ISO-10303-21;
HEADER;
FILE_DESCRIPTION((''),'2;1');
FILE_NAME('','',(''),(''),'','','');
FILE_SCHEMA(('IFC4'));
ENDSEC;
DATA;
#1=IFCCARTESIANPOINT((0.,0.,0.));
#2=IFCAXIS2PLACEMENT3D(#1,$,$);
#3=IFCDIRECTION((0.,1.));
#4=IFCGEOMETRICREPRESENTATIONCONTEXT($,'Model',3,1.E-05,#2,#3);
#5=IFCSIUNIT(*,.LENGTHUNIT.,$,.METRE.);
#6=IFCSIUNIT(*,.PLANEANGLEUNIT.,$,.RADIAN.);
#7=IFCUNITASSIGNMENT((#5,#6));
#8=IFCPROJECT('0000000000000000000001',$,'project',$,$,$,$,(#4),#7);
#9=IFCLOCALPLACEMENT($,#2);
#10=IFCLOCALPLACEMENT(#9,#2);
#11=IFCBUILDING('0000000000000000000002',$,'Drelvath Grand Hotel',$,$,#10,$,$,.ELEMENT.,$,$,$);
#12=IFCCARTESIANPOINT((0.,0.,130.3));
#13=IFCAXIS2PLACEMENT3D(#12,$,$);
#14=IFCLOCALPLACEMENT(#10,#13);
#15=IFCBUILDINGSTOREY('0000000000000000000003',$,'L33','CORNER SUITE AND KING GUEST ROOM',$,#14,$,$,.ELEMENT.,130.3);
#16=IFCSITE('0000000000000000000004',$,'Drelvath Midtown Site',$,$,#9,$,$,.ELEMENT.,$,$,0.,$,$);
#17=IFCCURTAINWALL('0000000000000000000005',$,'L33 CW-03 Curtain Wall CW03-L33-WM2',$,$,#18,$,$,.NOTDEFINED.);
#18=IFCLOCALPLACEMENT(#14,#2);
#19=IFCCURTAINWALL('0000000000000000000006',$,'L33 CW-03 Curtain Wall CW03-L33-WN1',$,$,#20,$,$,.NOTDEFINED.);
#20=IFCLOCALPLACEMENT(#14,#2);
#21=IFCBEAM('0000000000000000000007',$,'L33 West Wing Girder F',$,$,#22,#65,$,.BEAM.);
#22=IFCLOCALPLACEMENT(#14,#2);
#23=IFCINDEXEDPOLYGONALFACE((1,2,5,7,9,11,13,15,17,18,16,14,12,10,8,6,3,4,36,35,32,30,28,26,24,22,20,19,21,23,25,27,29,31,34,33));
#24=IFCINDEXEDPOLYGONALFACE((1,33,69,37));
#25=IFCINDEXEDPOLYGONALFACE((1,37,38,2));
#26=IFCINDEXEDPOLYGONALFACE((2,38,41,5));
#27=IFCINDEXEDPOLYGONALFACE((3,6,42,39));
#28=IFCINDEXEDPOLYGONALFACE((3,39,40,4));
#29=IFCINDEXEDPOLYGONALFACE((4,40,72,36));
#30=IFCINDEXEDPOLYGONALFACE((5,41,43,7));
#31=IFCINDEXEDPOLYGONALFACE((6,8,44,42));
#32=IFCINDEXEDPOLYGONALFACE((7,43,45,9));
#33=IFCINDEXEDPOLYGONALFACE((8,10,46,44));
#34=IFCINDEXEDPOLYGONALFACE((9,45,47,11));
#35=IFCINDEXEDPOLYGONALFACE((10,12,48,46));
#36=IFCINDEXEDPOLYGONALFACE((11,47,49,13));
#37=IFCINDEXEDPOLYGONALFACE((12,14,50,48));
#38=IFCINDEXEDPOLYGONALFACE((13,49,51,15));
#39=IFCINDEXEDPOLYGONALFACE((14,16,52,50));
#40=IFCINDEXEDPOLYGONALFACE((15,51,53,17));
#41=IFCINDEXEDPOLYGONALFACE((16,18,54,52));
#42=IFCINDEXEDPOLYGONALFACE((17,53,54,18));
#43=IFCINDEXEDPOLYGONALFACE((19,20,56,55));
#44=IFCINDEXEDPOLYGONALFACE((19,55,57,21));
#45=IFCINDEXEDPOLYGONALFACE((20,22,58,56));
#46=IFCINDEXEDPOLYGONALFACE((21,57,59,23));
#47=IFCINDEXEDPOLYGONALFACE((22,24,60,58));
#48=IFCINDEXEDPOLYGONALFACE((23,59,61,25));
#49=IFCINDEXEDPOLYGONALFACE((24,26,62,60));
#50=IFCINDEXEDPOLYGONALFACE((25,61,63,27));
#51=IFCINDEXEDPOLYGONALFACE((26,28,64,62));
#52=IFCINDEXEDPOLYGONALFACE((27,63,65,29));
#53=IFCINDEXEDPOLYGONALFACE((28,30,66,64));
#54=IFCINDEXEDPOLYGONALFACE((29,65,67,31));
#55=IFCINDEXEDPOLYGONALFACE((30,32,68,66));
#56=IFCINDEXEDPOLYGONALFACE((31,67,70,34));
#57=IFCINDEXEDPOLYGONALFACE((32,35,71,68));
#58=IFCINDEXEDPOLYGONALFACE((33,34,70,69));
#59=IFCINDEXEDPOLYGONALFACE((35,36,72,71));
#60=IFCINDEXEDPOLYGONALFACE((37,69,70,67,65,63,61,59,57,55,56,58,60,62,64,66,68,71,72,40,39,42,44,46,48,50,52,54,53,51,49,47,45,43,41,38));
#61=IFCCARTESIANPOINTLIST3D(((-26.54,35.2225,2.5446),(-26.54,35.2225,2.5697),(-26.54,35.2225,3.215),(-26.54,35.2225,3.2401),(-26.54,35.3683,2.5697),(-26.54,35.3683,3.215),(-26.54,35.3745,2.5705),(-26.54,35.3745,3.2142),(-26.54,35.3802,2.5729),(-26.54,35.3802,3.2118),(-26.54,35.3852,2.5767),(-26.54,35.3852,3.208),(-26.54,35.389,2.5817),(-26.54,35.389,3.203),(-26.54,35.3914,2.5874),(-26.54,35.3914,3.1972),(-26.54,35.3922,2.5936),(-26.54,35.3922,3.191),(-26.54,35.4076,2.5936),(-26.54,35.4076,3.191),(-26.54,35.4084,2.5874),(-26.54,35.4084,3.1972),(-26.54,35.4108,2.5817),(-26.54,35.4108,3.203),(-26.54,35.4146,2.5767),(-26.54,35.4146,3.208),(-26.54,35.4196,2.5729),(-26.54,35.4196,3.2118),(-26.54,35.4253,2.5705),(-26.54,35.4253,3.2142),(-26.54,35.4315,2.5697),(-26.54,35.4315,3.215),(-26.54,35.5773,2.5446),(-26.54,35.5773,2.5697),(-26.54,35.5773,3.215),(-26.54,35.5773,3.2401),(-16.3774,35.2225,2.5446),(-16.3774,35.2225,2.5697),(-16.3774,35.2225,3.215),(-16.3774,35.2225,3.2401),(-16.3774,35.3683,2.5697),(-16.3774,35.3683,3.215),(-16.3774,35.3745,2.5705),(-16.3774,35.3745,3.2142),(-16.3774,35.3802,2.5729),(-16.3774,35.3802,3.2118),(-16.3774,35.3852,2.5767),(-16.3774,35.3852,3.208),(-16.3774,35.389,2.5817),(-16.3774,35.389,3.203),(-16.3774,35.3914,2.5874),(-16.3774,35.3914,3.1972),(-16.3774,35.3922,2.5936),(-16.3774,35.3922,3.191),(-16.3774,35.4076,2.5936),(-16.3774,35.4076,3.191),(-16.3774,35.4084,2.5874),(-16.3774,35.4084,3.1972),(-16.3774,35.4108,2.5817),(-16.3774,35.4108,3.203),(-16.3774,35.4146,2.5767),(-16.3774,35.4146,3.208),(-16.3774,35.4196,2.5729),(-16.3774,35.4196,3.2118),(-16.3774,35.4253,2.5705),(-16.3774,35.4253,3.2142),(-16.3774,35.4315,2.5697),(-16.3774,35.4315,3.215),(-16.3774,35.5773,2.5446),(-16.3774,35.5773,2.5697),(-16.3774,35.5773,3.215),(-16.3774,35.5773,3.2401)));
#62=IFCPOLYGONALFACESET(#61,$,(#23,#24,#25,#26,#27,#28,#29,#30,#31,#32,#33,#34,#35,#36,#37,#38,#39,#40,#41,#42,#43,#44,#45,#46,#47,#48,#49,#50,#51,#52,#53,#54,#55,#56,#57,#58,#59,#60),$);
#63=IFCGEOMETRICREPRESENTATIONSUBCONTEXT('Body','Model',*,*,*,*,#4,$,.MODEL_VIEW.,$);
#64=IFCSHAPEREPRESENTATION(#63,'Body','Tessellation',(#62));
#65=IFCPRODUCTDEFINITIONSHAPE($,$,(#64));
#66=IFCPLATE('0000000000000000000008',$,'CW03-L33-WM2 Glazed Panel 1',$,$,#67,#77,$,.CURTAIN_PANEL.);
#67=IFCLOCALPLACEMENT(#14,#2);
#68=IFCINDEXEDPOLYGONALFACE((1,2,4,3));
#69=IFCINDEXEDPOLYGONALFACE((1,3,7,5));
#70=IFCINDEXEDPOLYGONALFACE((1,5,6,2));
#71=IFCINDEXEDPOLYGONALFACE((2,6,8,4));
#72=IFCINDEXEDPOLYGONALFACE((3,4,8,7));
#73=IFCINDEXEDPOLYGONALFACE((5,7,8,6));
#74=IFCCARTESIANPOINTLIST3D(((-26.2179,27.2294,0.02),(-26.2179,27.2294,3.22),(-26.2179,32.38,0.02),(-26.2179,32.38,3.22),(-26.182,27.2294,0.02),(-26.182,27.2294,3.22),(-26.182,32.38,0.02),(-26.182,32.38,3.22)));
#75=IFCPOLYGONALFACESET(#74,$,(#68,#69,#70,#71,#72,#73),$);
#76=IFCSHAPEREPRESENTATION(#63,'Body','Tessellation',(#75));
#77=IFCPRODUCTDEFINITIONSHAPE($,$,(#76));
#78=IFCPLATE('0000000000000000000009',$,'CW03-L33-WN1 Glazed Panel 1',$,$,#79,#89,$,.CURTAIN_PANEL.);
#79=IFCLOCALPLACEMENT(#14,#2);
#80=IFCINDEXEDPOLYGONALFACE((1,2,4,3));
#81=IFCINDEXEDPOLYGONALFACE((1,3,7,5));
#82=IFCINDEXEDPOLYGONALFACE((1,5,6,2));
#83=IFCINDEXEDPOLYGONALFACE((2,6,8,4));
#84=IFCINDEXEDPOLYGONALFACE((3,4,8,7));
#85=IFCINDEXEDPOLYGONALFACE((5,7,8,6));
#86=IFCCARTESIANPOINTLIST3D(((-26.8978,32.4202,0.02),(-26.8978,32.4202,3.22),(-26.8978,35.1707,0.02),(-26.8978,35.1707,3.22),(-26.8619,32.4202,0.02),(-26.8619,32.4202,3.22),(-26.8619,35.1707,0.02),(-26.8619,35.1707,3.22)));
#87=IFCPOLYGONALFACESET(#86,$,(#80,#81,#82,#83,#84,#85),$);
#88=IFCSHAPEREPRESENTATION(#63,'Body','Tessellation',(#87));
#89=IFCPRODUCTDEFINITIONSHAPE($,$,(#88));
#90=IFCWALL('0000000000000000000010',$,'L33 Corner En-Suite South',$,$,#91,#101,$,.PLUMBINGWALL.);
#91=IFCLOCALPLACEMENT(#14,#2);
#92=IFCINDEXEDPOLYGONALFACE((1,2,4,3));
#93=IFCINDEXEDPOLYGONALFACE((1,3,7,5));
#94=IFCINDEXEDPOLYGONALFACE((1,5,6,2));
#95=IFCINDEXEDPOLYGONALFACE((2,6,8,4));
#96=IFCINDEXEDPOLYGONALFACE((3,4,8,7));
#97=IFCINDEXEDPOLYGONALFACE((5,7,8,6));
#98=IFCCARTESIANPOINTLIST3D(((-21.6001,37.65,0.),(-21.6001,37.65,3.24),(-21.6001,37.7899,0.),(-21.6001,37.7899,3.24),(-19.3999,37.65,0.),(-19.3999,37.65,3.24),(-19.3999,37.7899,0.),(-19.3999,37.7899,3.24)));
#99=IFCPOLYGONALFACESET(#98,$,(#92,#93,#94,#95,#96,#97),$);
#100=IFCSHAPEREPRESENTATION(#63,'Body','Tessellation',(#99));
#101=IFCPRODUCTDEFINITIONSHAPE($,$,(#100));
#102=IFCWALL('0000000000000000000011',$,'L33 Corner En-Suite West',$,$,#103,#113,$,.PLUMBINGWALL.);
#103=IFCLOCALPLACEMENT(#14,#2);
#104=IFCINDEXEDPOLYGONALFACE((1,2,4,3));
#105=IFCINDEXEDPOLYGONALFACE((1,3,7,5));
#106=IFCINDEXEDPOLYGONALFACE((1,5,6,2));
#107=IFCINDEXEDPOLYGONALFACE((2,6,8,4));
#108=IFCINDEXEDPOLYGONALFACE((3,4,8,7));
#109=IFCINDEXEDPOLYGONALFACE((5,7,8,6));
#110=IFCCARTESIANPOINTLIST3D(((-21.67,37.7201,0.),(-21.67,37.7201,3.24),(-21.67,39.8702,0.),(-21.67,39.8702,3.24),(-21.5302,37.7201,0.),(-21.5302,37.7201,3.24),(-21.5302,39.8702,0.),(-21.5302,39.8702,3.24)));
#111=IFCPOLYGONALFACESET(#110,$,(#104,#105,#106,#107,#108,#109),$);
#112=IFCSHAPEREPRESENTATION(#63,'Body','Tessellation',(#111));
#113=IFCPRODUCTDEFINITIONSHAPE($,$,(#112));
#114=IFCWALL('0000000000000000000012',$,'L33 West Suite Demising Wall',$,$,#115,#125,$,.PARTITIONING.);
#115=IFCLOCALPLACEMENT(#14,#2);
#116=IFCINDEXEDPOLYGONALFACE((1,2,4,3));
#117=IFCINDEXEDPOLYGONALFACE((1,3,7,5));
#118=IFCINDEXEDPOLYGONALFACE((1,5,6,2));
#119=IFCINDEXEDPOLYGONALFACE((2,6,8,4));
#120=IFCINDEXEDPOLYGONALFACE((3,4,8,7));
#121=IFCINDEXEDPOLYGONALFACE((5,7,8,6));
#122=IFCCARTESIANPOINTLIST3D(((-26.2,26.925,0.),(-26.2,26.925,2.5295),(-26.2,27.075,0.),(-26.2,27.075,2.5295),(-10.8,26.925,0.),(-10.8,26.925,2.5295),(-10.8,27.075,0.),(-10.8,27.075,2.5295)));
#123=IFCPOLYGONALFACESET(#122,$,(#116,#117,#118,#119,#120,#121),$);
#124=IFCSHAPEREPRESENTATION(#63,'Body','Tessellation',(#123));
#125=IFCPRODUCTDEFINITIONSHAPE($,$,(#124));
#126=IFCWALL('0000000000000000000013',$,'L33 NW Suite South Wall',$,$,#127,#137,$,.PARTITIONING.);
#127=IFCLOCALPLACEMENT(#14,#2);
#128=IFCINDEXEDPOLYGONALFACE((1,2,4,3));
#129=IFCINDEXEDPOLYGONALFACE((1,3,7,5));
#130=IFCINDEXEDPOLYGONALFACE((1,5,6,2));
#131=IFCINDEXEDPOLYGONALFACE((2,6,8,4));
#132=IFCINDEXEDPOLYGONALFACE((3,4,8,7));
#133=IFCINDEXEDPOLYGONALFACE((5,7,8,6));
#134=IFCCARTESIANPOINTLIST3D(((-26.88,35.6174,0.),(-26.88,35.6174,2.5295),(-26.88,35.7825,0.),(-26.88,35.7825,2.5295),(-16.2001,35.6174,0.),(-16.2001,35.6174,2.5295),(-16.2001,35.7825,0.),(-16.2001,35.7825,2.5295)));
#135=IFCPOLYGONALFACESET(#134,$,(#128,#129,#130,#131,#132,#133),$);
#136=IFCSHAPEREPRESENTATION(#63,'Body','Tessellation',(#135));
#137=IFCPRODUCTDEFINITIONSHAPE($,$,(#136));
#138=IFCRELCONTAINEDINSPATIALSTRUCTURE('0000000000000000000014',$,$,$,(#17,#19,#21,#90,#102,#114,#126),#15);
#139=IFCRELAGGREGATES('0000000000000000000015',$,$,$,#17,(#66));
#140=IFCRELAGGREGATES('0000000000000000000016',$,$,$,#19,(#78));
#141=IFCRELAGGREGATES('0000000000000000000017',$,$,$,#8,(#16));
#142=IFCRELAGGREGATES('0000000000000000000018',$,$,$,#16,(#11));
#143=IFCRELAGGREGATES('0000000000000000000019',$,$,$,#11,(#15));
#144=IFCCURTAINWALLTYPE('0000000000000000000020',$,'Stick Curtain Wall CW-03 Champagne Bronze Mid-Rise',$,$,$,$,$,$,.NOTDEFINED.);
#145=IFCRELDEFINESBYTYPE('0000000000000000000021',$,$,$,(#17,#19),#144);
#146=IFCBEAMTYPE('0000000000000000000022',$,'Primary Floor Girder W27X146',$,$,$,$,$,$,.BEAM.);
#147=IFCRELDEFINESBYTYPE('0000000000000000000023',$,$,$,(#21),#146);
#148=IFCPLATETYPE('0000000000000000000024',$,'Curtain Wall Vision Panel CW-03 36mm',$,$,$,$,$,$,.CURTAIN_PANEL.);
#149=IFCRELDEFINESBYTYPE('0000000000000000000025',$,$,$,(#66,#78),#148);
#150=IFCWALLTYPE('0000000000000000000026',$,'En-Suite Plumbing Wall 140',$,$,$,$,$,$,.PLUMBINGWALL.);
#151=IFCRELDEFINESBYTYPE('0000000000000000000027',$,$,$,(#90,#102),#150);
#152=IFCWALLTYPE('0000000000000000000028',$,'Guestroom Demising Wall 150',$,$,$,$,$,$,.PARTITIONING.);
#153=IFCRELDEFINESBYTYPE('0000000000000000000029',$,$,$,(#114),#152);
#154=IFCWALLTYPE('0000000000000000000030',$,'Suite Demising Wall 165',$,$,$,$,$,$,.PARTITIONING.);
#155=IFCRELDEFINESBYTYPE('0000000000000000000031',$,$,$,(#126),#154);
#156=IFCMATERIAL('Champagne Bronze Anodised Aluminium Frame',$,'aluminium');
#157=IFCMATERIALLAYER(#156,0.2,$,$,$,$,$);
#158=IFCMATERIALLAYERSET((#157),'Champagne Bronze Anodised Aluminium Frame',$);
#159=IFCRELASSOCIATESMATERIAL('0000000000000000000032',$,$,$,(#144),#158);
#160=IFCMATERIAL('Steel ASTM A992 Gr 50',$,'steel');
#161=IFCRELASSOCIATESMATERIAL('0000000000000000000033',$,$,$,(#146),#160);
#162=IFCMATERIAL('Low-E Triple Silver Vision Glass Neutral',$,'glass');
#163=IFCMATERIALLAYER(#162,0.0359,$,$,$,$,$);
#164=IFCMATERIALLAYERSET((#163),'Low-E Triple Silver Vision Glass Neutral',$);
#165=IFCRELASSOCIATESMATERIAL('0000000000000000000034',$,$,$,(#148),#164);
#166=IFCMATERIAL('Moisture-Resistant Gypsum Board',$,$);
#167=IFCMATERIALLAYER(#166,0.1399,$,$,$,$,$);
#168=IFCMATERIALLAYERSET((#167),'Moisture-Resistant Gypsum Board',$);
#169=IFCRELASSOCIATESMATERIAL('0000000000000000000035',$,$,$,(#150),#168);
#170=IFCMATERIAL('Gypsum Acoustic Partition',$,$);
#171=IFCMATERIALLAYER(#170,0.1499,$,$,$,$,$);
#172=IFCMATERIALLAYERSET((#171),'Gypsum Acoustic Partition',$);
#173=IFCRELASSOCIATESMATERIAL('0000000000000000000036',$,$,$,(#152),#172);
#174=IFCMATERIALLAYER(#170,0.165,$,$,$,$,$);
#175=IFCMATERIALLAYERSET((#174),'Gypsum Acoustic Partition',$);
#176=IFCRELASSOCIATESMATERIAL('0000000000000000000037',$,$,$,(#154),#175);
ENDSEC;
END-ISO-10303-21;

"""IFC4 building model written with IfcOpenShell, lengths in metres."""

from ifc_helpers import new_model, si_unit, direction, frame, frame_2d, origin, origin_2d, place, context, subcontext, project, spatial, rectangle, i_section, extrude, material, layer, layer_set, material_profile, profile_set, type_object, element, aggregate, save


model = new_model("IFC4")

# Units and contexts
model_context = context("Model", 3, precision=1e-05, world=origin(), true_north=direction((0.0, 1.0)))
body_context = subcontext(model_context, "Body", "Model", "MODEL_VIEW")
ifc_project = project(units=[si_unit("LENGTHUNIT", "METRE"), si_unit("PLANEANGLEUNIT", "RADIAN")], contexts=[model_context])

# Site, building, storey
site_placement = place(None, origin())
site = spatial("IfcSite", under=ifc_project, at=site_placement, Name="Drelvath Midtown Site", CompositionType="ELEMENT", RefElevation=0.0)
building_placement = place(site_placement, origin())
building = spatial("IfcBuilding", under=site, at=building_placement, Name="Drelvath Grand Hotel", CompositionType="ELEMENT")
storey_placement = place(building_placement, frame((0.0, 0.0, 130.3)))
storey = spatial("IfcBuildingStorey", under=building, at=storey_placement, Name="L33", Description="CORNER SUITE AND KING GUEST ROOM", CompositionType="ELEMENT", Elevation=130.3)

# Curtain walls
ifc_material_1 = material(Name="Champagne Bronze Anodised Aluminium Frame", Category="aluminium")
ifc_layer_1 = layer(ifc_material_1, 0.2)
ifc_layer_set_1 = layer_set([ifc_layer_1], Name="Champagne Bronze Anodised Aluminium Frame")
curtain_wall_type = type_object("IfcCurtainWallType", Name="Stick Curtain Wall CW-03 Champagne Bronze Mid-Rise", PredefinedType="NOTDEFINED", material=ifc_layer_set_1)
curtain_wall_1_placement = place(storey_placement, origin())
curtain_wall_1 = element("IfcCurtainWall", 1, at=curtain_wall_1_placement, inside=storey, type_object=curtain_wall_type, Name="L33 CW-03 Curtain Wall CW03-L33-WM2", PredefinedType="NOTDEFINED")
curtain_wall_2_placement = place(storey_placement, origin())
curtain_wall_2 = element("IfcCurtainWall", 2, at=curtain_wall_2_placement, inside=storey, type_object=curtain_wall_type, Name="L33 CW-03 Curtain Wall CW03-L33-WN1", PredefinedType="NOTDEFINED")

# Beam
ifc_material_2 = material(Name="Steel ASTM A992 Gr 50", Category="steel")
ifc_material_profile_1 = material_profile(ifc_material_2, i_section(OverallWidth=0.3547, OverallDepth=0.6956, WebThickness=0.0154, FlangeThickness=0.0251, FilletRadius=0.0239, at=origin_2d()), Name="W27X146")
ifc_profile_set_1 = profile_set([ifc_material_profile_1], Name="Steel ASTM A992 Gr 50")
beam_type_1 = type_object("IfcBeamType", Name="Primary Floor Girder W27X146", PredefinedType="BEAM", material=ifc_profile_set_1)
beam_1_placement = place(storey_placement, frame((-26.54, 35.3999, 2.8923), z_axis=(1.0, 0.0, 0.0), x_axis=(0.0, 1.0, 0.0)))
element("IfcBeam", 3, at=beam_1_placement, inside=storey, type_object=beam_type_1, Name="L33 West Wing Girder F", PredefinedType="BEAM", context=body_context, shape_type="SweptSolid", body=[
    extrude(i_section(OverallWidth=0.3547, OverallDepth=0.6956, WebThickness=0.0154, FlangeThickness=0.0251, FilletRadius=0.0239, at=origin_2d()), origin(), (0.0, 0.0, 1.0), 10.1626),
])

# Plates
ifc_material_3 = material(Name="Low-E Triple Silver Vision Glass Neutral", Category="glass")
ifc_layer_2 = layer(ifc_material_3, 0.0359)
ifc_layer_set_2 = layer_set([ifc_layer_2], Name="Low-E Triple Silver Vision Glass Neutral")
plate_type = type_object("IfcPlateType", Name="Curtain Wall Vision Panel CW-03 36mm", PredefinedType="CURTAIN_PANEL", material=ifc_layer_set_2)
plate_1_placement = place(storey_placement, frame((-26.2, 29.8047, 0.02), z_axis=(0.0, 0.0, 1.0), x_axis=(0.0, 1.0, 0.0)))
plate_1 = element("IfcPlate", 4, at=plate_1_placement, type_object=plate_type, Name="CW03-L33-WM2 Glazed Panel 1", PredefinedType="CURTAIN_PANEL", context=body_context, shape_type="SweptSolid", body=[
    extrude(rectangle(XDim=5.1506, YDim=0.0359, at=origin_2d()), origin(), (0.0, 0.0, 1.0), 3.2),
])
aggregate(curtain_wall_1, [plate_1])
plate_2_placement = place(storey_placement, frame((-26.8799, 33.7954, 0.02), z_axis=(0.0, 0.0, 1.0), x_axis=(0.0, 1.0, 0.0)))
plate_2 = element("IfcPlate", 5, at=plate_2_placement, type_object=plate_type, Name="CW03-L33-WN1 Glazed Panel 1", PredefinedType="CURTAIN_PANEL", context=body_context, shape_type="SweptSolid", body=[
    extrude(rectangle(XDim=2.7505, YDim=0.0359, at=origin_2d()), origin(), (0.0, 0.0, 1.0), 3.2),
])
aggregate(curtain_wall_2, [plate_2])

# Walls
ifc_material_4 = material(Name="Moisture-Resistant Gypsum Board")
ifc_layer_3 = layer(ifc_material_4, 0.1399)
ifc_layer_set_3 = layer_set([ifc_layer_3], Name="Moisture-Resistant Gypsum Board")
wall_type_1 = type_object("IfcWallType", Name="En-Suite Plumbing Wall 140", PredefinedType="PLUMBINGWALL", material=ifc_layer_set_3)
wall_1_placement = place(storey_placement, frame((-21.6001, 37.72, 0.0), z_axis=(0.0, 0.0, 1.0), x_axis=(1.0, 0.0, 0.0)))
element("IfcWall", 6, at=wall_1_placement, inside=storey, type_object=wall_type_1, Name="L33 Corner En-Suite South", PredefinedType="PLUMBINGWALL", context=body_context, shape_type="SweptSolid", body=[
    extrude(rectangle(XDim=2.2002, YDim=0.1399, at=frame_2d((1.1001, 0.0))), origin(), (0.0, 0.0, 1.0), 3.24),
])
wall_2_placement = place(storey_placement, frame((-21.6001, 37.72, 0.0), z_axis=(0.0, 0.0, 1.0), x_axis=(0.0, 1.0, 0.0)))
element("IfcWall", 7, at=wall_2_placement, inside=storey, type_object=wall_type_1, Name="L33 Corner En-Suite West", PredefinedType="PLUMBINGWALL", context=body_context, shape_type="SweptSolid", body=[
    extrude(rectangle(XDim=2.1501, YDim=0.1399, at=frame_2d((1.0752, 0.0))), origin(), (0.0, 0.0, 1.0), 3.24),
])
ifc_material_5 = material(Name="Gypsum Acoustic Partition")
ifc_layer_4 = layer(ifc_material_5, 0.1499)
ifc_layer_set_4 = layer_set([ifc_layer_4], Name="Gypsum Acoustic Partition")
wall_type_2 = type_object("IfcWallType", Name="Guestroom Demising Wall 150", PredefinedType="PARTITIONING", material=ifc_layer_set_4)
wall_3_placement = place(storey_placement, frame((-26.2, 27.0, 0.0), z_axis=(0.0, 0.0, 1.0), x_axis=(1.0, 0.0, 0.0)))
element("IfcWall", 8, at=wall_3_placement, inside=storey, type_object=wall_type_2, Name="L33 West Suite Demising Wall", PredefinedType="PARTITIONING", context=body_context, shape_type="SweptSolid", body=[
    extrude(rectangle(XDim=15.3999, YDim=0.1499, at=frame_2d((7.7, 0.0))), origin(), (0.0, 0.0, 1.0), 2.5295),
])
ifc_layer_5 = layer(ifc_material_5, 0.165)
ifc_layer_set_5 = layer_set([ifc_layer_5], Name="Gypsum Acoustic Partition")
wall_type_3 = type_object("IfcWallType", Name="Suite Demising Wall 165", PredefinedType="PARTITIONING", material=ifc_layer_set_5)
wall_4_placement = place(storey_placement, frame((-26.8799, 35.7, 0.0), z_axis=(0.0, 0.0, 1.0), x_axis=(1.0, 0.0, 0.0)))
element("IfcWall", 9, at=wall_4_placement, inside=storey, type_object=wall_type_3, Name="L33 NW Suite South Wall", PredefinedType="PARTITIONING", context=body_context, shape_type="SweptSolid", body=[
    extrude(rectangle(XDim=10.6799, YDim=0.165, at=frame_2d((5.3398, 0.0))), origin(), (0.0, 0.0, 1.0), 2.5295),
])

save(model, "model.ifc")
